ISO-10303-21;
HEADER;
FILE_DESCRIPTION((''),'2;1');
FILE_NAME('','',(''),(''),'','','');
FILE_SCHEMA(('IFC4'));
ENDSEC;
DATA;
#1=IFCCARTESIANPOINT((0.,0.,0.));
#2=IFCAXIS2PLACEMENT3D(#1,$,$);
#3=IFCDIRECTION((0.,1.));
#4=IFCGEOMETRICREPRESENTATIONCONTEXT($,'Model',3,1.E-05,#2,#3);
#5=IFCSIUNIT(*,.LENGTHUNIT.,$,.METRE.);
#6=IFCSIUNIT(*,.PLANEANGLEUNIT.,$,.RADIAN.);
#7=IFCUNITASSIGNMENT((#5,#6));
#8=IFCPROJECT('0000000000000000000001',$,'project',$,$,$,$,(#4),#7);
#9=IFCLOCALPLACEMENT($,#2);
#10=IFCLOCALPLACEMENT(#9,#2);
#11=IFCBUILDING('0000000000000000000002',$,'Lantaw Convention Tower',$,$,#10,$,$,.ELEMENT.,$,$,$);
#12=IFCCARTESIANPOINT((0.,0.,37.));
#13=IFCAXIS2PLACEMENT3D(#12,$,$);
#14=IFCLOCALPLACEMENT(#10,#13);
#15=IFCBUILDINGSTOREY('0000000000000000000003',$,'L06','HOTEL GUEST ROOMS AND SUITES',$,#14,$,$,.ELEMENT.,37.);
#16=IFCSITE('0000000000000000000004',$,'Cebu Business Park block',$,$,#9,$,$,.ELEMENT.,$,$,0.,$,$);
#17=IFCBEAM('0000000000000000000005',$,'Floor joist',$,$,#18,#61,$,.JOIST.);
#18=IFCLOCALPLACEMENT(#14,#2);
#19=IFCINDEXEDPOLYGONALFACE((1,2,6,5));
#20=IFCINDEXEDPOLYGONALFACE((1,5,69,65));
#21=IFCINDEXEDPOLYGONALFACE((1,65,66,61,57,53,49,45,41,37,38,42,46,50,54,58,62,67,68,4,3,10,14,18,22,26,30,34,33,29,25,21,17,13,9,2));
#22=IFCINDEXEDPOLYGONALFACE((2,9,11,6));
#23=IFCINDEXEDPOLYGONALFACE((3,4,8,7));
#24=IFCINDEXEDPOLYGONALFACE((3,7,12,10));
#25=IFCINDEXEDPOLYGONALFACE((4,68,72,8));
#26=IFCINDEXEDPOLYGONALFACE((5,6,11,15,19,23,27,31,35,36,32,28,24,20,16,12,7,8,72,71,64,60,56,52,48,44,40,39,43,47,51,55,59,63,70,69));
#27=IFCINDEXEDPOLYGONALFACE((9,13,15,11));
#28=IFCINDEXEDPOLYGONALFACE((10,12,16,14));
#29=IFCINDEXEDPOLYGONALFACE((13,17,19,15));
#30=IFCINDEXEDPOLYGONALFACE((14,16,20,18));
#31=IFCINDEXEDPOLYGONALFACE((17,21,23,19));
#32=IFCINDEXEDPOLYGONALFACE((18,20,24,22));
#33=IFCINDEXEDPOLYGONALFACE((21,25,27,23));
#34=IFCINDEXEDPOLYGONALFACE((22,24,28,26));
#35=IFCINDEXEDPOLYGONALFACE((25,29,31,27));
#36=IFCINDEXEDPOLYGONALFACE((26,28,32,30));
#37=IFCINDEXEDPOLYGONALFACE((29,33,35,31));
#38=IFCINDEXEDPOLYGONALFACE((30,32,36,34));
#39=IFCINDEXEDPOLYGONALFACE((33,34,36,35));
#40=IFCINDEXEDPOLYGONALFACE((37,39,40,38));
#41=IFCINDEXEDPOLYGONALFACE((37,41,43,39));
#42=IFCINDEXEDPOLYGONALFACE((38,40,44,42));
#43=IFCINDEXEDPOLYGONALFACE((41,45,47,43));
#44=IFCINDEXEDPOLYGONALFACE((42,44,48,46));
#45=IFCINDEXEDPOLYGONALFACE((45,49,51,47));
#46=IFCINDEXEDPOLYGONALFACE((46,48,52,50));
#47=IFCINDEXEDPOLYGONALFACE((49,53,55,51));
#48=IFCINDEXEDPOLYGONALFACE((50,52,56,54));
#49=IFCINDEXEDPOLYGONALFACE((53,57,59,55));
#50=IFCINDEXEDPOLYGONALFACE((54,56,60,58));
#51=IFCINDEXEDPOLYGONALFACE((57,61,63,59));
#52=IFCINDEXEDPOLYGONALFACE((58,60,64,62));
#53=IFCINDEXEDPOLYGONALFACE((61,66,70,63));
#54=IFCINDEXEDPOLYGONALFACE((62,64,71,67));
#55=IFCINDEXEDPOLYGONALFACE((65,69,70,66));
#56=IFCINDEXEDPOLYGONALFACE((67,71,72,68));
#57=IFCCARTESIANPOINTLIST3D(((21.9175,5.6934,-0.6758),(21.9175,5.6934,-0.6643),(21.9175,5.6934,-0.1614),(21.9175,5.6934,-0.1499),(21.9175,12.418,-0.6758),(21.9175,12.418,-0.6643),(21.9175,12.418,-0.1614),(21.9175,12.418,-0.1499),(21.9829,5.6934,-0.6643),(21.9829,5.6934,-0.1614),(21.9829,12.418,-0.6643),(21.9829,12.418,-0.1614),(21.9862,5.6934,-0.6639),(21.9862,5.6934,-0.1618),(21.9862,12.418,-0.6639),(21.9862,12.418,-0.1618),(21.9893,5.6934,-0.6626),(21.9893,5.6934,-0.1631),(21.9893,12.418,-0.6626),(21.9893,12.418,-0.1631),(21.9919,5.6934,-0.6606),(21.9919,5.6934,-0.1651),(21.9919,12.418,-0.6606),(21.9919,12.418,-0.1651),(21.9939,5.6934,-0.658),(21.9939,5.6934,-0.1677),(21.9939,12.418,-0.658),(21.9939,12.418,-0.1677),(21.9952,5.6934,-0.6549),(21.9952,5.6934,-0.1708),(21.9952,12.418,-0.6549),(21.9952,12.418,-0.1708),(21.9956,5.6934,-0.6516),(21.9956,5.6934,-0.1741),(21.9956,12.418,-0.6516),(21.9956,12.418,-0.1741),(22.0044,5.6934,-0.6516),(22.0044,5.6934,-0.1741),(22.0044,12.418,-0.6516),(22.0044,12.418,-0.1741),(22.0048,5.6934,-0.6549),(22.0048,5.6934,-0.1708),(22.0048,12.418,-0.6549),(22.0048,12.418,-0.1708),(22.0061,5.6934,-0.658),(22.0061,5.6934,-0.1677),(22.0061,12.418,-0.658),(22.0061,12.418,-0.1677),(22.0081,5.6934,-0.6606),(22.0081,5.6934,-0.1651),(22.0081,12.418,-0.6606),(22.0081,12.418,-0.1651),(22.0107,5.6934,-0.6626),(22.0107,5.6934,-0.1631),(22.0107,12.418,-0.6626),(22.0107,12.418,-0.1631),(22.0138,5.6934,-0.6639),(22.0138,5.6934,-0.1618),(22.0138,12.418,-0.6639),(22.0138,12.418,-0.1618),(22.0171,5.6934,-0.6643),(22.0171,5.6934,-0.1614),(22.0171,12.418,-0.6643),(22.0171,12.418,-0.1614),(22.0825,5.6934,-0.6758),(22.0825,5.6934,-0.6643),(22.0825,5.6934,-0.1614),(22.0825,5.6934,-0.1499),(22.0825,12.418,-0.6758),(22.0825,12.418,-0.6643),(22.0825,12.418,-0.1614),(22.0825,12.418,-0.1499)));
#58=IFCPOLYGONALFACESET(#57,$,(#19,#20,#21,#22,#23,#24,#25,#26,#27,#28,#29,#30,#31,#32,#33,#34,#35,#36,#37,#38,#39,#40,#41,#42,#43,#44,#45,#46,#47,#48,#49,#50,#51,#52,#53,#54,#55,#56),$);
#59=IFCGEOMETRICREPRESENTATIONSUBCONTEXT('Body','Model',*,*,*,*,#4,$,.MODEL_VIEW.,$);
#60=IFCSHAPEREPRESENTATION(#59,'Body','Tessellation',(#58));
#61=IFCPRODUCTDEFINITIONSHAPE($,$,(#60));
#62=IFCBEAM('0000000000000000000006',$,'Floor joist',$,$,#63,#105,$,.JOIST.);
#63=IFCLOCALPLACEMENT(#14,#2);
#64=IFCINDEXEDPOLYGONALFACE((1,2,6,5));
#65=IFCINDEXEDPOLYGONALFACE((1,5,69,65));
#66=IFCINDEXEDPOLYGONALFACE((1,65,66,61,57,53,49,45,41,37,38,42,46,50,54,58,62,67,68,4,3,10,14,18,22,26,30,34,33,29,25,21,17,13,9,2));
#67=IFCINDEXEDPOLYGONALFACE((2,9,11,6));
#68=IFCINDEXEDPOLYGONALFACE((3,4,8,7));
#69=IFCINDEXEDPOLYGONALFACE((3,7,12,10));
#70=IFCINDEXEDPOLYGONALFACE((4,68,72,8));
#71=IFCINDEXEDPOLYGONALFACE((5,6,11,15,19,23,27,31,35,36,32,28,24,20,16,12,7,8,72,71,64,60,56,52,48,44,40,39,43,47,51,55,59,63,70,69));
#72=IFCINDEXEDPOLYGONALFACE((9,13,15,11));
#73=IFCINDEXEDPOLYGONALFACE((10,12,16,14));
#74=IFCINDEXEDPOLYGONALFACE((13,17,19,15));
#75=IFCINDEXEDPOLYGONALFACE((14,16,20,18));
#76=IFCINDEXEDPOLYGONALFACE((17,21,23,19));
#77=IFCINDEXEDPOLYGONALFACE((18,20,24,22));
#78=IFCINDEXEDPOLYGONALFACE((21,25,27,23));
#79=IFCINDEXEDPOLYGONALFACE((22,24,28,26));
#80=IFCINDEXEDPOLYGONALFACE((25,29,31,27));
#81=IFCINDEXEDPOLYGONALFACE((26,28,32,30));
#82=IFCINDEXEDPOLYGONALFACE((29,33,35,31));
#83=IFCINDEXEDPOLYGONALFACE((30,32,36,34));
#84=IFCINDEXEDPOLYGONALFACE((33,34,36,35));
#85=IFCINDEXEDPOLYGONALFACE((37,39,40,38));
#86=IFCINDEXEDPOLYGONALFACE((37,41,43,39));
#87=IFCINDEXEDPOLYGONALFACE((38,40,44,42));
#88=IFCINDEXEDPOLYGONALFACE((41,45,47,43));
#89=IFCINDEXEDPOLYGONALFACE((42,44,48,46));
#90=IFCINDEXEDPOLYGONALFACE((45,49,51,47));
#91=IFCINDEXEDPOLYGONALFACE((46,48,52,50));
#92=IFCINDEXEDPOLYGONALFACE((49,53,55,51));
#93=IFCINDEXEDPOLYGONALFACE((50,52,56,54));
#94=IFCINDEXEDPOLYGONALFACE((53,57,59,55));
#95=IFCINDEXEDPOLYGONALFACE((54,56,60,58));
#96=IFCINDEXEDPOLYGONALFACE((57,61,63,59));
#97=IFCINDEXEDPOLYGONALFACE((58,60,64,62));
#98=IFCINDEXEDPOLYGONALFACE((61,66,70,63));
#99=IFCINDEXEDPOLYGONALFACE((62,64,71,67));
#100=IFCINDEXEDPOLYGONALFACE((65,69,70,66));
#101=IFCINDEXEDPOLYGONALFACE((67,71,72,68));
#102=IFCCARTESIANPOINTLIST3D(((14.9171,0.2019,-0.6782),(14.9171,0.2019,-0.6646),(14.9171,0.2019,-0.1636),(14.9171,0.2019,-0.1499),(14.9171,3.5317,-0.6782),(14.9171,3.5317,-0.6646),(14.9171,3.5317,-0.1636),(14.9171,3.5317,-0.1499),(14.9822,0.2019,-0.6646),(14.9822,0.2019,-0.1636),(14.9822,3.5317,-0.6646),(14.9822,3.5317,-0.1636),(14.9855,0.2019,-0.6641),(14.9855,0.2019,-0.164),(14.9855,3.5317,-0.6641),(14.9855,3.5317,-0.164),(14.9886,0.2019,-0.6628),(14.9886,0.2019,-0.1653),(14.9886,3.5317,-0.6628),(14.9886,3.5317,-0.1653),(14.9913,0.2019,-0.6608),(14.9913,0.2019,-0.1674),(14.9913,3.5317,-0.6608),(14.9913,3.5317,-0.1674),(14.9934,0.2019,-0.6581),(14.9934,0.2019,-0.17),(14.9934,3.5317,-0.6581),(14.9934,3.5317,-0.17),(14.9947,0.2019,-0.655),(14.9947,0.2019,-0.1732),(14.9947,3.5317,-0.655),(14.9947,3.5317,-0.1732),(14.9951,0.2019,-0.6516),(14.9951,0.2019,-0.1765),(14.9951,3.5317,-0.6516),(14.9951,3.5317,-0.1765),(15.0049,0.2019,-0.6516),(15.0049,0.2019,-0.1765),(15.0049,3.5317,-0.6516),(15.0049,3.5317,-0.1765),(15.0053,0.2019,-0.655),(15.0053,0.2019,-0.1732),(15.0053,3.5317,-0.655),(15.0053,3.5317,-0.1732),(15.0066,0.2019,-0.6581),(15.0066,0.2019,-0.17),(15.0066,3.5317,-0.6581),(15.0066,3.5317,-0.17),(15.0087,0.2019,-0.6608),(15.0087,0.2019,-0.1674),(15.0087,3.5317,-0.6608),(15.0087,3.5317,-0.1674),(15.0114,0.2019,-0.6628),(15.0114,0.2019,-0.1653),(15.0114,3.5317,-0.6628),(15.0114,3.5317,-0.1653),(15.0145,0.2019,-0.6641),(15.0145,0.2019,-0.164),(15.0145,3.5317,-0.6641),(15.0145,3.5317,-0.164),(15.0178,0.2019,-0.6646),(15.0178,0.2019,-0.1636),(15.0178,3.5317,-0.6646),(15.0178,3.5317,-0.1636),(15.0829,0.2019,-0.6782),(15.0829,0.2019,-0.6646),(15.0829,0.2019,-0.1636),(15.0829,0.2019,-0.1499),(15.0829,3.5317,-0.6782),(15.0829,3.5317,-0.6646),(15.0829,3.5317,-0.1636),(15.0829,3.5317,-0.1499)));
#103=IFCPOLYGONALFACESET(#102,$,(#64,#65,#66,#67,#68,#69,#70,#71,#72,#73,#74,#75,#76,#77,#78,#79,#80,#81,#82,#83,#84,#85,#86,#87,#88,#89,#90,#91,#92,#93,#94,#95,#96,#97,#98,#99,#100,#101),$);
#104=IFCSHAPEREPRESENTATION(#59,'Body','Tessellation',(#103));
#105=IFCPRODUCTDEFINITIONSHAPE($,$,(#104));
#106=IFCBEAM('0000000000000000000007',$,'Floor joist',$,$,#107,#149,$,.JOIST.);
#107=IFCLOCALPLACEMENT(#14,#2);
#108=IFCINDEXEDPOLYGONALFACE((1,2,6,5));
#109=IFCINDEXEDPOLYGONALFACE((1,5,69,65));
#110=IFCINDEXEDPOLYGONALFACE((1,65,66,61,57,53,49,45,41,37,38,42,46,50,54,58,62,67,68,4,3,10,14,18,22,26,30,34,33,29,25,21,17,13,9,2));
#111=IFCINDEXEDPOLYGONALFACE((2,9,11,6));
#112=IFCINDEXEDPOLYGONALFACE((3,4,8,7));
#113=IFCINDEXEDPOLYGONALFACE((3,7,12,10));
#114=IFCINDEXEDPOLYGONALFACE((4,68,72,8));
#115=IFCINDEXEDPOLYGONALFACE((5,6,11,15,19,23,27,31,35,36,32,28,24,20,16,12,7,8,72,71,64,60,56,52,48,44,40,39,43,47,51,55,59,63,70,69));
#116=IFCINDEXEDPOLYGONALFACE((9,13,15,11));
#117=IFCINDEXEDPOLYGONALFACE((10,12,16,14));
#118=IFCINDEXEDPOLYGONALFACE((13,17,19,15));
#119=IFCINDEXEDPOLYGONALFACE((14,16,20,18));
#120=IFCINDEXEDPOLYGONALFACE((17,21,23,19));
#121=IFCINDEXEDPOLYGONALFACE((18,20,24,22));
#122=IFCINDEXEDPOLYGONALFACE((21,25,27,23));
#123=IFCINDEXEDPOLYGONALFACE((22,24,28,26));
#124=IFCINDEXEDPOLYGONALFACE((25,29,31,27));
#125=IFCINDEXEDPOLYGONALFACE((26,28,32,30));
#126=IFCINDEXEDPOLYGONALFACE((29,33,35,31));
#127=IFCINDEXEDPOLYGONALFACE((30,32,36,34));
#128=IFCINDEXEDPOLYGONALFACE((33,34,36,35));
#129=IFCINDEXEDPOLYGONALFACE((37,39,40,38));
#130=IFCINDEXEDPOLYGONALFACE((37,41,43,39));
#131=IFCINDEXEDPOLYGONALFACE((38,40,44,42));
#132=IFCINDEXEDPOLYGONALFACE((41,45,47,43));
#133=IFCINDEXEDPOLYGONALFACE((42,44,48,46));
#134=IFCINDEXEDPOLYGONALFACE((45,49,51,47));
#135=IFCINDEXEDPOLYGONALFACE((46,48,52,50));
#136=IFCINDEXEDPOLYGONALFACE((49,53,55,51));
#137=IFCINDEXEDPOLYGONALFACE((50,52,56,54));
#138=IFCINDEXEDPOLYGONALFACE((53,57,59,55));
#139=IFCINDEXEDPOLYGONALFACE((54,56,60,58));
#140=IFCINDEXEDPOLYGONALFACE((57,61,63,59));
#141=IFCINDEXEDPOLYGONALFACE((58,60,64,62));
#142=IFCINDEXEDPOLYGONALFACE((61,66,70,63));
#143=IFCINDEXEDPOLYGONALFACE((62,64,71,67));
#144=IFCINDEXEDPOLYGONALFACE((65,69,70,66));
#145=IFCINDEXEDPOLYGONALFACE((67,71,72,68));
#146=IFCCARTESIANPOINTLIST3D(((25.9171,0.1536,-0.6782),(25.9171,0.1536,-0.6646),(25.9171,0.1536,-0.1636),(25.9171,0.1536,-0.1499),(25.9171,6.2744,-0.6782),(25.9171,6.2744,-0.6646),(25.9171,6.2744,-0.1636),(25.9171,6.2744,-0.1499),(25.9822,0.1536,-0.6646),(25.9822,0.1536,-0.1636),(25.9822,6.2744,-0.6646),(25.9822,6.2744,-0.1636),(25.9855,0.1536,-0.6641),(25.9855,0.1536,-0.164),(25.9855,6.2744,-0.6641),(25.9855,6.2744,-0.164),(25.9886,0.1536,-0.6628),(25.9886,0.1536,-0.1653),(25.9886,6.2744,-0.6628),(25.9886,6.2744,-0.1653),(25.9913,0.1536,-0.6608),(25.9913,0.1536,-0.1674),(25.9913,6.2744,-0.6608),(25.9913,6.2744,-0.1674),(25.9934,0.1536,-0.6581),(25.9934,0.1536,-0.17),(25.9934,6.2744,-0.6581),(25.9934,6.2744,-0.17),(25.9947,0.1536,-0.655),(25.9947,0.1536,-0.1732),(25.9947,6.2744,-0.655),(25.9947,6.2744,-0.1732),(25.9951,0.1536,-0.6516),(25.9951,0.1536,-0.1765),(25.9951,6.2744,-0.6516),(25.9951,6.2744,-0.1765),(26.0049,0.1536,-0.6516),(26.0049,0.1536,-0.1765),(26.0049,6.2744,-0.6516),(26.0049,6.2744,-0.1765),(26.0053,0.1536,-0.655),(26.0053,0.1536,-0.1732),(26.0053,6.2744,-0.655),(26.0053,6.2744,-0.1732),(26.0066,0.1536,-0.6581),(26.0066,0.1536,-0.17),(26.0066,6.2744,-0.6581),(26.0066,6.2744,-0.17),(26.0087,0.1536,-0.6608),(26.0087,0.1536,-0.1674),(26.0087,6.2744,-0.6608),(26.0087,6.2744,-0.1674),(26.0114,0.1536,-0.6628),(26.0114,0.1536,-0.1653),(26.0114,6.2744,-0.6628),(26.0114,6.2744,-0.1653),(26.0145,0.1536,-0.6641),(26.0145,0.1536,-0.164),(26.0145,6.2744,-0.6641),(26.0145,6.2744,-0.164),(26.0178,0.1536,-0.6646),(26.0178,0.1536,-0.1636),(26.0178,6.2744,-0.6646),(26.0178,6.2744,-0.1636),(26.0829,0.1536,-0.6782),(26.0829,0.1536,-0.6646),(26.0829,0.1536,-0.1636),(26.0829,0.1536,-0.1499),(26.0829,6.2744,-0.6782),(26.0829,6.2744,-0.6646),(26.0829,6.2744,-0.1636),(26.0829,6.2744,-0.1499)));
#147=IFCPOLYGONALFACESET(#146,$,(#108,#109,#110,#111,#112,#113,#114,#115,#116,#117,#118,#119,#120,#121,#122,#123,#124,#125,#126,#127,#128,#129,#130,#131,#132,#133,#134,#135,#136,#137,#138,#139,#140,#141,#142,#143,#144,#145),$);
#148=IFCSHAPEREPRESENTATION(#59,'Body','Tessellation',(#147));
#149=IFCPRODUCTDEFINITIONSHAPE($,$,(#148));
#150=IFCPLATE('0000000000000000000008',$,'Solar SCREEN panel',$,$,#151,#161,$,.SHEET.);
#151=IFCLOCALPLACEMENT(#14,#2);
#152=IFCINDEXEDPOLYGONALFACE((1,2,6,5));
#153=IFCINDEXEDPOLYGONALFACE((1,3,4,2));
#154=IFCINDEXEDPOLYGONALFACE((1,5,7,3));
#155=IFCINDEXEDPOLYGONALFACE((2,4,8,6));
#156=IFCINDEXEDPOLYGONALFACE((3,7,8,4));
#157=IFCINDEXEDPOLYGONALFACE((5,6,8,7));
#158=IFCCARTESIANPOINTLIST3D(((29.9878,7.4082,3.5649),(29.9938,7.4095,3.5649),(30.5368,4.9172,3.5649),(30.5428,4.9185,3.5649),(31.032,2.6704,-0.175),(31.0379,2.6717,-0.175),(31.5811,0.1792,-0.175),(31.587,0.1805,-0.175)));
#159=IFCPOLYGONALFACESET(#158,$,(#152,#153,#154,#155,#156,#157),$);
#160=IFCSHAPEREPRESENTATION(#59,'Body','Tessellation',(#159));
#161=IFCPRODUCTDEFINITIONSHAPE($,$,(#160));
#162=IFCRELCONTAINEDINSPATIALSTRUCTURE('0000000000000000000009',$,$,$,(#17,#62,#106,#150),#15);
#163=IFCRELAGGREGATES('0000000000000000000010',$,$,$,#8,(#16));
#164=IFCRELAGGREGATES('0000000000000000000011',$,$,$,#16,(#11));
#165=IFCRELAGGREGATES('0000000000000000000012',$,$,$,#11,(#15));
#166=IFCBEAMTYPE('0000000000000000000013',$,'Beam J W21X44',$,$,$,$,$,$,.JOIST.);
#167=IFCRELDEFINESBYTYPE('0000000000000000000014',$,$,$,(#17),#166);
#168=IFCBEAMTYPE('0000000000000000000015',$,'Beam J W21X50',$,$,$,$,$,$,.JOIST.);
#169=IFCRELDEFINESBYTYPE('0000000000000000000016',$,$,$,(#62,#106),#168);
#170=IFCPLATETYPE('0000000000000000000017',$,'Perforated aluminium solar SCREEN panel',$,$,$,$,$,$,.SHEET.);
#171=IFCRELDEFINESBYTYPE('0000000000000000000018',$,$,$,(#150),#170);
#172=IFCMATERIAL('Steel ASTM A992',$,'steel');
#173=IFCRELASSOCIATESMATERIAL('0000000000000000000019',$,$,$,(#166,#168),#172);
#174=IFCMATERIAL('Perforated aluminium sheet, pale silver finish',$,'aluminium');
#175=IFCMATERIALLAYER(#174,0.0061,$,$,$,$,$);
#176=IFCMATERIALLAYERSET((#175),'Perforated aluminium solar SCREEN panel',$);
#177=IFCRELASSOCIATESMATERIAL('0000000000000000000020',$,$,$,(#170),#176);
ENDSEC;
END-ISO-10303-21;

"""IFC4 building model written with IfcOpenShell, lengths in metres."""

from ifc_helpers import new_model, si_unit, direction, frame, origin, origin_2d, place, context, subcontext, project, spatial, polyline, i_section, outline, extrude, material, layer, layer_set, material_profile, profile_set, type_object, element, save


model = new_model("IFC4")

# Units and contexts
model_context = context("Model", 3, precision=1e-05, world=origin(), true_north=direction((0.0, 1.0)))
body_context = subcontext(model_context, "Body", "Model", "MODEL_VIEW")
ifc_project = project(units=[si_unit("LENGTHUNIT", "METRE"), si_unit("PLANEANGLEUNIT", "RADIAN")], contexts=[model_context])

# Site, building, storey
site_placement = place(None, origin())
site = spatial("IfcSite", under=ifc_project, at=site_placement, Name="Cebu Business Park block", CompositionType="ELEMENT", RefElevation=0.0)
building_placement = place(site_placement, origin())
building = spatial("IfcBuilding", under=site, at=building_placement, Name="Lantaw Convention Tower", CompositionType="ELEMENT")
storey_placement = place(building_placement, frame((0.0, 0.0, 37.0)))
storey = spatial("IfcBuildingStorey", under=building, at=storey_placement, Name="L06", Description="HOTEL GUEST ROOMS AND SUITES", CompositionType="ELEMENT", Elevation=37.0)

# Beams
ifc_material_1 = material(Name="Steel ASTM A992", Category="steel")
ifc_material_profile_1 = material_profile(ifc_material_1, i_section(OverallWidth=0.165, OverallDepth=0.5259, WebThickness=0.0088, FlangeThickness=0.0115, FilletRadius=0.0127, at=origin_2d()), Name="W21X44")
ifc_profile_set_1 = profile_set([ifc_material_profile_1], Name="Steel ASTM A992")
beam_type_1 = type_object("IfcBeamType", Name="Beam J W21X44", PredefinedType="JOIST", material=ifc_profile_set_1)
beam_1_placement = place(storey_placement, frame((22.0, 5.6934, -0.4128), z_axis=(0.0, 1.0, 0.0), x_axis=(-1.0, 0.0, 0.0)))
element("IfcBeam", 1, at=beam_1_placement, inside=storey, type_object=beam_type_1, Name="Floor joist", PredefinedType="JOIST", context=body_context, shape_type="SweptSolid", body=[
    extrude(i_section(OverallWidth=0.165, OverallDepth=0.5259, WebThickness=0.0088, FlangeThickness=0.0115, FilletRadius=0.0127, at=origin_2d()), origin(), (0.0, 0.0, 1.0), 6.7246),
])
ifc_material_profile_2 = material_profile(ifc_material_1, i_section(OverallWidth=0.1658, OverallDepth=0.5283, WebThickness=0.0098, FlangeThickness=0.0137, FilletRadius=0.0129, at=origin_2d()), Name="W21X50")
ifc_profile_set_2 = profile_set([ifc_material_profile_2], Name="Steel ASTM A992")
beam_type_2 = type_object("IfcBeamType", Name="Beam J W21X50", PredefinedType="JOIST", material=ifc_profile_set_2)
beam_2_placement = place(storey_placement, frame((15.0, 0.2019, -0.4141), z_axis=(0.0, 1.0, 0.0), x_axis=(-1.0, 0.0, 0.0)))
element("IfcBeam", 2, at=beam_2_placement, inside=storey, type_object=beam_type_2, Name="Floor joist", PredefinedType="JOIST", context=body_context, shape_type="SweptSolid", body=[
    extrude(i_section(OverallWidth=0.1658, OverallDepth=0.5283, WebThickness=0.0098, FlangeThickness=0.0137, FilletRadius=0.0129, at=origin_2d()), origin(), (0.0, 0.0, 1.0), 3.3298),
])
beam_3_placement = place(storey_placement, frame((26.0, 0.1536, -0.4141), z_axis=(0.0, 1.0, 0.0), x_axis=(-1.0, 0.0, 0.0)))
element("IfcBeam", 3, at=beam_3_placement, inside=storey, type_object=beam_type_2, Name="Floor joist", PredefinedType="JOIST", context=body_context, shape_type="SweptSolid", body=[
    extrude(i_section(OverallWidth=0.1658, OverallDepth=0.5283, WebThickness=0.0098, FlangeThickness=0.0137, FilletRadius=0.0129, at=origin_2d()), origin(), (0.0, 0.0, 1.0), 6.1208),
])

# Plate
ifc_material_2 = material(Name="Perforated aluminium sheet, pale silver finish", Category="aluminium")
ifc_layer_1 = layer(ifc_material_2, 0.0061)
ifc_layer_set_1 = layer_set([ifc_layer_1], Name="Perforated aluminium solar SCREEN panel")
plate_type = type_object("IfcPlateType", Name="Perforated aluminium solar SCREEN panel", PredefinedType="SHEET", material=ifc_layer_set_1)
plate_placement = place(storey_placement, frame((31.5811, 0.1792, -0.175), z_axis=(-0.976559, -0.215248, 0.00003), x_axis=(-0.215248, 0.976559, 0.0)))
element("IfcPlate", 4, at=plate_placement, inside=storey, type_object=plate_type, Name="Solar SCREEN panel", PredefinedType="SHEET", context=body_context, shape_type="SweptSolid", body=[
    extrude(outline(polyline([(0.0, 0.0), (2.551, 0.0), (7.4025, -3.74), (4.8517, -3.74), (0.0, 0.0)])), origin(), (0.0, 0.0, -1.0), 0.0061),
])

save(model, "model.ifc")
